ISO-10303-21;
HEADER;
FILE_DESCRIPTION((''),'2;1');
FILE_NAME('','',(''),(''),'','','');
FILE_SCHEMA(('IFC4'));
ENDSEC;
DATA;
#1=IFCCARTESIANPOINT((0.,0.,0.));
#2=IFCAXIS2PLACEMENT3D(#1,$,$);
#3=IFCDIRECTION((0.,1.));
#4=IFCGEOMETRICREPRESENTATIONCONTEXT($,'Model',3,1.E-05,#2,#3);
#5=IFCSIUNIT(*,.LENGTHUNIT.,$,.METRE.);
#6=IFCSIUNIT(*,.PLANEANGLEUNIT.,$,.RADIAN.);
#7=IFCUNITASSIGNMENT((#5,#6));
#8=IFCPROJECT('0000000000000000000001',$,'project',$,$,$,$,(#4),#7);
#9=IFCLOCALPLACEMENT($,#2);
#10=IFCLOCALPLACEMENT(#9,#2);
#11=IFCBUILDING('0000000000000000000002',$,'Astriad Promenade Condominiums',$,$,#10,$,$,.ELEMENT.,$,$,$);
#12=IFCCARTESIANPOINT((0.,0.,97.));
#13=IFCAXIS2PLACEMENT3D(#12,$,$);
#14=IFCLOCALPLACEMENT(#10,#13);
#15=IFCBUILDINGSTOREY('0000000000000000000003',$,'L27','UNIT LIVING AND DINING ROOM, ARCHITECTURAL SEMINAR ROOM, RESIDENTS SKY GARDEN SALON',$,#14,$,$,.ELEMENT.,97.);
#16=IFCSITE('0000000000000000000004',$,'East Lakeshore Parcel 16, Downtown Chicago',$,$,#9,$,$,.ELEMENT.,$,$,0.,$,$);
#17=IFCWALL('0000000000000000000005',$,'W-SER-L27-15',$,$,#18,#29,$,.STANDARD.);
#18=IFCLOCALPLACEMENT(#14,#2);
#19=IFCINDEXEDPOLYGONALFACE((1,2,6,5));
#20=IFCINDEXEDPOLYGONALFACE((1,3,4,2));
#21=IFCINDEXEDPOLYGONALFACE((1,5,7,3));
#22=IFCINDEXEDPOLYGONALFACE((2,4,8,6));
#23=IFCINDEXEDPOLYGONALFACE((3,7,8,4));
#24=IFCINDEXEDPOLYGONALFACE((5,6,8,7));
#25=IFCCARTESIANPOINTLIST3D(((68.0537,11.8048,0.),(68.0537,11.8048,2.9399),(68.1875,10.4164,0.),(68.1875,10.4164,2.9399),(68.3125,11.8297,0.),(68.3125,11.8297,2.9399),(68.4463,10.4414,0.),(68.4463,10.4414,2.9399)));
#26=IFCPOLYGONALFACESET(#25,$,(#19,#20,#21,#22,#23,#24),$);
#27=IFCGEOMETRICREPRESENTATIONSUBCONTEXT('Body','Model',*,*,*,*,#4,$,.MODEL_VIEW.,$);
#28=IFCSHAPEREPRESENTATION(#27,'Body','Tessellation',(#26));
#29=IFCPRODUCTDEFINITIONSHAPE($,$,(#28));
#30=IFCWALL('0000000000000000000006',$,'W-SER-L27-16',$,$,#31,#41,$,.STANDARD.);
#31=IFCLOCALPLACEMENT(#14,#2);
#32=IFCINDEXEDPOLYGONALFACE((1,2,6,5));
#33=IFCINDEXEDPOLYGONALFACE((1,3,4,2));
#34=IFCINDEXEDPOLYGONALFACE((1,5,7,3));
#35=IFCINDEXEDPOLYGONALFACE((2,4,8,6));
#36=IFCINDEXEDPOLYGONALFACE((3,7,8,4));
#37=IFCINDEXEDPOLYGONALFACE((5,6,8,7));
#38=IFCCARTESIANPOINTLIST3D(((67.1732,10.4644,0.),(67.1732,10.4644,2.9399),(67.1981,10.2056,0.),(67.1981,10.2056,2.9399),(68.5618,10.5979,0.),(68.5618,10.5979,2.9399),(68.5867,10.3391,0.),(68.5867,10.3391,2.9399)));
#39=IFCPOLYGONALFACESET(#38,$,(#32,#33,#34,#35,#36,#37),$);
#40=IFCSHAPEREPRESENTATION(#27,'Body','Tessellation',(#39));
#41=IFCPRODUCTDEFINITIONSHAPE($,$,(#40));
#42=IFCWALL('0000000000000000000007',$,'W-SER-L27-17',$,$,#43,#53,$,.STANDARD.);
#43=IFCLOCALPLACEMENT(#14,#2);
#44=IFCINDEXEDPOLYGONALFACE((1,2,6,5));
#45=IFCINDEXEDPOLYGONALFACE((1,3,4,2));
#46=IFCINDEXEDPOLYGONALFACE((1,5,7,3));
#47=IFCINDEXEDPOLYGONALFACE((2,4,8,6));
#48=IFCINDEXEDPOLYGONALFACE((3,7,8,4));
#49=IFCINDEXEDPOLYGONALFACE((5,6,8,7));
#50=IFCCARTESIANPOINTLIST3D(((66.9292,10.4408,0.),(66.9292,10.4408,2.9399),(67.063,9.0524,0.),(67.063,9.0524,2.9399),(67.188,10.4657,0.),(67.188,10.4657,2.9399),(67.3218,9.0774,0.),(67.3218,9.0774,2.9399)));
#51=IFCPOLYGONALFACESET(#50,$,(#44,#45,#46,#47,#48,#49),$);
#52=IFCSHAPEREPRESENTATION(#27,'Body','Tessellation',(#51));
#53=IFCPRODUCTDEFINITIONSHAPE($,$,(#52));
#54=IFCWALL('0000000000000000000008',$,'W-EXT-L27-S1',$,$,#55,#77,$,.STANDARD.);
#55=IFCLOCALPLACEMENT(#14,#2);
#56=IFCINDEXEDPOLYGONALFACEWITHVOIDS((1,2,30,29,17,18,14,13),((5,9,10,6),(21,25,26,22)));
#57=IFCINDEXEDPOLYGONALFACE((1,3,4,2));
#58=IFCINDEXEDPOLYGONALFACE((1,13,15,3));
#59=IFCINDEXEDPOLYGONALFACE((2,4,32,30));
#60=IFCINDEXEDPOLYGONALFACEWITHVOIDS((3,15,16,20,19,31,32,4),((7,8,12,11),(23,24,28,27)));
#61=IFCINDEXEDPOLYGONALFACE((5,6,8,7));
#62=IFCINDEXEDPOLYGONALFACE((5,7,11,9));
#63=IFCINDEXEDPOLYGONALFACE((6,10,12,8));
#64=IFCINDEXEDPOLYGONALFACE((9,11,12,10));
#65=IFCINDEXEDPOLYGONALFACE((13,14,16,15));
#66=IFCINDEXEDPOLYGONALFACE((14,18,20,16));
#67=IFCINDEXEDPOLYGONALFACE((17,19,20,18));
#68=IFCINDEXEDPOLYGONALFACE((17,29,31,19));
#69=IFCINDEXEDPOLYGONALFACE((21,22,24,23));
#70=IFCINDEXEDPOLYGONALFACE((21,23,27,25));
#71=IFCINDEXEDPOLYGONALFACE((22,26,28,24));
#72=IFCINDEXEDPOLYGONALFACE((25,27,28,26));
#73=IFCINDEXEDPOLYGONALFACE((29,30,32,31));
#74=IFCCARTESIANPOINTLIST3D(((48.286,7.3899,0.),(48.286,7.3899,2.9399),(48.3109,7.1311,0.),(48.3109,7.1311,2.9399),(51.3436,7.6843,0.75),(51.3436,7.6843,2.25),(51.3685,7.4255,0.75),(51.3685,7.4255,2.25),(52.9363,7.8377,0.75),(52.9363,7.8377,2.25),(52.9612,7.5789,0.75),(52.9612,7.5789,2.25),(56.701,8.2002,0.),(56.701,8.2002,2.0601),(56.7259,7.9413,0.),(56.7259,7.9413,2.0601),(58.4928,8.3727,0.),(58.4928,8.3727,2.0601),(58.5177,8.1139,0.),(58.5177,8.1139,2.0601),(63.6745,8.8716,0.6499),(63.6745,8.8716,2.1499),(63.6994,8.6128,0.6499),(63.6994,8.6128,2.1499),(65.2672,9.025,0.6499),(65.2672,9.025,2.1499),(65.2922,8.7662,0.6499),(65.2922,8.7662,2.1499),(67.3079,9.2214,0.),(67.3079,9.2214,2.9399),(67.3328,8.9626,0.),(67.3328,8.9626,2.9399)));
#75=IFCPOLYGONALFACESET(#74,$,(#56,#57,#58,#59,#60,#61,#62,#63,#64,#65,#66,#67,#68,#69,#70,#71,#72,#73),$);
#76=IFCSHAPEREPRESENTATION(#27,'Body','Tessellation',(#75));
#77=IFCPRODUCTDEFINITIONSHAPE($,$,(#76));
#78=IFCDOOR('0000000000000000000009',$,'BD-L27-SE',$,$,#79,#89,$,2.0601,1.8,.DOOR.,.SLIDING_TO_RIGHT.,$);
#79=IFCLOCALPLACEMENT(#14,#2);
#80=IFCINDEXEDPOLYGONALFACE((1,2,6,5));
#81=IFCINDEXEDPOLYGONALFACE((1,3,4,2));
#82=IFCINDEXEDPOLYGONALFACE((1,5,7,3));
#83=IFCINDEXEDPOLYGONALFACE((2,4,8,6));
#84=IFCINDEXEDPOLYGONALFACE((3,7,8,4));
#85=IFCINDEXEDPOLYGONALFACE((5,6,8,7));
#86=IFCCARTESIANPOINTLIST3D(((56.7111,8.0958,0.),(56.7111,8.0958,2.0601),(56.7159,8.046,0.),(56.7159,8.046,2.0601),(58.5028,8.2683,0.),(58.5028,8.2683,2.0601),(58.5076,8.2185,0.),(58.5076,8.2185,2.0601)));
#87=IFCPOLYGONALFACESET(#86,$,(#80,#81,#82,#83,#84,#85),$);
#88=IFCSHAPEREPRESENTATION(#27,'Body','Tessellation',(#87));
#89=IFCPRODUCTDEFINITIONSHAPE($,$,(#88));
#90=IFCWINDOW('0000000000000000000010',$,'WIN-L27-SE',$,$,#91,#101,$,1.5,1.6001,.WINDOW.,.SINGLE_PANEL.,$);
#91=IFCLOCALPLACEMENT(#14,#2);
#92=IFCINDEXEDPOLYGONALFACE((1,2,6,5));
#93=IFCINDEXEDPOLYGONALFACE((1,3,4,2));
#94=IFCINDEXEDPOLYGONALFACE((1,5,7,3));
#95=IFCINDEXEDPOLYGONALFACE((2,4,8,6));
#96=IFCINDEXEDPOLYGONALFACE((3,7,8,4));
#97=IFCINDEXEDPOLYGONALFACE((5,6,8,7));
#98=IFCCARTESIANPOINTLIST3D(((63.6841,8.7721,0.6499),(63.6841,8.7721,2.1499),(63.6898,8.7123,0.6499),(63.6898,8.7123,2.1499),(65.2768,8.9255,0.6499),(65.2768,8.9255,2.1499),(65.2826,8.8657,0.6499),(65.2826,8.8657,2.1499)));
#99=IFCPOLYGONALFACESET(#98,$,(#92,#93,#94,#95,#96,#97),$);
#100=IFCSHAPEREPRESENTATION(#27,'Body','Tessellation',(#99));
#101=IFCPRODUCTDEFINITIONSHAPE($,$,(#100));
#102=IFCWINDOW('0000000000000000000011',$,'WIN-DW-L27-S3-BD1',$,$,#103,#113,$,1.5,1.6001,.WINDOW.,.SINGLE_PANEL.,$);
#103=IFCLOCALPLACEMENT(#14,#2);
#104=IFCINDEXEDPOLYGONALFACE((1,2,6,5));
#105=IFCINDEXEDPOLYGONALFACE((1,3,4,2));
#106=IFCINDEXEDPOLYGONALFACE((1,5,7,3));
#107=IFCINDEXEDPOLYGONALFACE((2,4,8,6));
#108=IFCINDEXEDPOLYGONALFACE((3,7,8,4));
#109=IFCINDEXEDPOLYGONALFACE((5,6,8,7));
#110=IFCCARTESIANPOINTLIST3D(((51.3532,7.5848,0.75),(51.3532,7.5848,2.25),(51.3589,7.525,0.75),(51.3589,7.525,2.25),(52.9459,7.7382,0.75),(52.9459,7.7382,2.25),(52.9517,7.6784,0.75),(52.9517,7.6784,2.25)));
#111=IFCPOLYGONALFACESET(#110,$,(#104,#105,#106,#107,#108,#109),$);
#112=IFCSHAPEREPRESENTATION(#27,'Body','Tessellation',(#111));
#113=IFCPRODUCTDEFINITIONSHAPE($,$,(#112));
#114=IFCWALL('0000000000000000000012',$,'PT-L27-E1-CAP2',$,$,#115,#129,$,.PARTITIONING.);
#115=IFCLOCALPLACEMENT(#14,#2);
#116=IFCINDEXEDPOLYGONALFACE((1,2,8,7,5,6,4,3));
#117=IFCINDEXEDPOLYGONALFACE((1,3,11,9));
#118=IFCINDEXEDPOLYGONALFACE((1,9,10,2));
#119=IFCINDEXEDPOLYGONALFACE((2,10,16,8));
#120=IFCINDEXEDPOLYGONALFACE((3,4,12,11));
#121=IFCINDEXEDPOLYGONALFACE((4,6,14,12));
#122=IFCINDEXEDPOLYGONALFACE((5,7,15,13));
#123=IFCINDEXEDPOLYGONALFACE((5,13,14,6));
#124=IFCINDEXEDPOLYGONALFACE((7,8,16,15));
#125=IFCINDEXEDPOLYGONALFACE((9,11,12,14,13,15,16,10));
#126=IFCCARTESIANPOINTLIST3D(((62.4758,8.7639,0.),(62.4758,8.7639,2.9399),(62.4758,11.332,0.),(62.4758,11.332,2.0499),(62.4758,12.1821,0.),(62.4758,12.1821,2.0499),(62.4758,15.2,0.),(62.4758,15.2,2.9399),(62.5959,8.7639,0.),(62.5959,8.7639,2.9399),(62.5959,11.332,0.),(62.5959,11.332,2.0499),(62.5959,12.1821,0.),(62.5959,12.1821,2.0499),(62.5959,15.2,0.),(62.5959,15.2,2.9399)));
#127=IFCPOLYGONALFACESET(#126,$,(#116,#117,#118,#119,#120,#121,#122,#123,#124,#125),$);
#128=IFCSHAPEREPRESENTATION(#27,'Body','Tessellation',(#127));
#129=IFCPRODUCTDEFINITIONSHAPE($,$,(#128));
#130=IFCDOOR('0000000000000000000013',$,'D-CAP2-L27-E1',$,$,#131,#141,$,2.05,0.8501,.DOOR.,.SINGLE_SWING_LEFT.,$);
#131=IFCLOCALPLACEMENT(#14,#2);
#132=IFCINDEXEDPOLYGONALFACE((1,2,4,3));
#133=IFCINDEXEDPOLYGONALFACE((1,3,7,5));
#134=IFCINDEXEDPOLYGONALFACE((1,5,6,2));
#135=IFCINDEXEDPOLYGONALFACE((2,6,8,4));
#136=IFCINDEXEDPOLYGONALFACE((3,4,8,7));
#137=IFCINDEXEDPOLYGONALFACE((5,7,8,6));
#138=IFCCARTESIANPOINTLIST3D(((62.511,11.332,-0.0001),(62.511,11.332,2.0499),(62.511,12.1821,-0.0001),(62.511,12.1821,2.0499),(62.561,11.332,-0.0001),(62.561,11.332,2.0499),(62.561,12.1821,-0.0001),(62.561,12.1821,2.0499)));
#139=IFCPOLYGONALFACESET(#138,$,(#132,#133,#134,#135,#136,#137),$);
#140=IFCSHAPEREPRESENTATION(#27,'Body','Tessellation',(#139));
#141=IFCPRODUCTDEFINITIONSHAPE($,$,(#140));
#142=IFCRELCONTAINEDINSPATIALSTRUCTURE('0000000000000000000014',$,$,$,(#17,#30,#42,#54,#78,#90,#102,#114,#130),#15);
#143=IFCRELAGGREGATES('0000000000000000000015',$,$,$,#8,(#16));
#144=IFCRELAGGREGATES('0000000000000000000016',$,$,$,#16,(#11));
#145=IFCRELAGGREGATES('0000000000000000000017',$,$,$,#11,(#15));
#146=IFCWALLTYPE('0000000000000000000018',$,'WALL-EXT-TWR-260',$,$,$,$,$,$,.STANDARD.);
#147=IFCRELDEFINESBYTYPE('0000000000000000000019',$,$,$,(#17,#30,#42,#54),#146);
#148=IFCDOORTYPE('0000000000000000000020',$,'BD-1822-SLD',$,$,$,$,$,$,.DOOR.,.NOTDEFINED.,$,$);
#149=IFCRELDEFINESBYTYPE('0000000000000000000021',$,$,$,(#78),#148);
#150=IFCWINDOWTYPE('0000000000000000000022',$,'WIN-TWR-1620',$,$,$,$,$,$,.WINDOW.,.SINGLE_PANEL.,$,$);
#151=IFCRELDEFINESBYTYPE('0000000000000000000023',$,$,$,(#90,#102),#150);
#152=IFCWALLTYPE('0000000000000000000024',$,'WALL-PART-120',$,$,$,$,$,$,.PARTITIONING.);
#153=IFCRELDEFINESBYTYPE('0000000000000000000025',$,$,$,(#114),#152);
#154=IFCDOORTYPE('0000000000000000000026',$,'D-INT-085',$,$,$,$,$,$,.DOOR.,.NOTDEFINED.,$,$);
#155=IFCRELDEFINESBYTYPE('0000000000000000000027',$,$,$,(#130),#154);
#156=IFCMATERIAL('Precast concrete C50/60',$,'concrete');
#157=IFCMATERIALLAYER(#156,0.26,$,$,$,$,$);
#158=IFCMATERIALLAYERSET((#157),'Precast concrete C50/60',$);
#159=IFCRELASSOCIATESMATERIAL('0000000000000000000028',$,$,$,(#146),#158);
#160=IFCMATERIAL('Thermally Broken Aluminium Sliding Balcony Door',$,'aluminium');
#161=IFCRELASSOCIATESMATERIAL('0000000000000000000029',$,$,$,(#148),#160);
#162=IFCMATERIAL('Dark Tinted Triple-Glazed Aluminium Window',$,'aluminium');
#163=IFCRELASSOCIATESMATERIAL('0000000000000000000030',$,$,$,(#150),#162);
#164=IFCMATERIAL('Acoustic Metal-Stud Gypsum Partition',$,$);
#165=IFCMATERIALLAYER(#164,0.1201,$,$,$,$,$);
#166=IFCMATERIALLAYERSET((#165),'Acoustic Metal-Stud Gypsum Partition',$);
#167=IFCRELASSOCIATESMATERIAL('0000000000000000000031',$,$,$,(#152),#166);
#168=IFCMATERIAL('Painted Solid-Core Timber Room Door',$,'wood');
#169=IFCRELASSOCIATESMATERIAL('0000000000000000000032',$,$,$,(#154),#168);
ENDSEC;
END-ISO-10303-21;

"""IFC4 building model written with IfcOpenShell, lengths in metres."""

from ifc_helpers import new_model, si_unit, direction, frame, frame_2d, origin, place, context, subcontext, project, spatial, rectangle, extrude, source, transform, mapped, material, layer, layer_set, type_object, type_shapes, element, fill, save


model = new_model("IFC4")

# Units and contexts
model_context = context("Model", 3, precision=1e-05, world=origin(), true_north=direction((0.0, 1.0)))
body_context = subcontext(model_context, "Body", "Model", "MODEL_VIEW")
ifc_project = project(units=[si_unit("LENGTHUNIT", "METRE"), si_unit("PLANEANGLEUNIT", "RADIAN")], contexts=[model_context])

# Site, building, storey
site_placement = place(None, origin())
site = spatial("IfcSite", under=ifc_project, at=site_placement, Name="East Lakeshore Parcel 16, Downtown Chicago", CompositionType="ELEMENT", RefElevation=0.0)
building_placement = place(site_placement, origin())
building = spatial("IfcBuilding", under=site, at=building_placement, Name="Astriad Promenade Condominiums", CompositionType="ELEMENT")
storey_placement = place(building_placement, frame((0.0, 0.0, 97.0)))
storey = spatial("IfcBuildingStorey", under=building, at=storey_placement, Name="L27", Description="UNIT LIVING AND DINING ROOM, ARCHITECTURAL SEMINAR ROOM, RESIDENTS SKY GARDEN SALON", CompositionType="ELEMENT", Elevation=97.0)

# Walls
ifc_material_1 = material(Name="Precast concrete C50/60", Category="concrete")
ifc_layer_1 = layer(ifc_material_1, 0.26)
ifc_layer_set_1 = layer_set([ifc_layer_1], Name="Precast concrete C50/60")
wall_type_1 = type_object("IfcWallType", Name="WALL-EXT-TWR-260", PredefinedType="STANDARD", material=ifc_layer_set_1)
for number, where, z_axis, x_axis, name in (
    (1, (68.1831, 11.8171, 0.0), (0.0, 0.0, 1.0), (0.095916, -0.995389, 0.0), "W-SER-L27-15"),
):
    element("IfcWall", number, at=place(storey_placement, frame(where, z_axis=z_axis, x_axis=x_axis)), inside=storey, type_object=wall_type_1, Name=name, PredefinedType="STANDARD", context=body_context, shape_type="SweptSolid", body=[
        extrude(rectangle(XDim=1.3948, YDim=0.26, at=frame_2d((0.6973, 0.0))), origin(), (0.0, 0.0, 1.0), 2.9399),
    ])
wall_1_placement = place(storey_placement, frame((68.5742, 10.4685, 0.0), z_axis=(0.0, 0.0, 1.0), x_axis=(-0.995408, -0.095726, 0.0)))
element("IfcWall", 2, at=wall_1_placement, inside=storey, type_object=wall_type_1, Name="W-SER-L27-16", PredefinedType="STANDARD", context=body_context, shape_type="SweptSolid", body=[
    extrude(rectangle(XDim=1.395, YDim=0.26, at=frame_2d((0.6975, 0.0))), origin(), (0.0, 0.0, 1.0), 2.9399),
])
wall_2_placement = place(storey_placement, frame((67.0586, 10.4531, 0.0), z_axis=(0.0, 0.0, 1.0), x_axis=(0.095916, -0.995389, 0.0)))
element("IfcWall", 3, at=wall_2_placement, inside=storey, type_object=wall_type_1, Name="W-SER-L27-17", PredefinedType="STANDARD", context=body_context, shape_type="SweptSolid", body=[
    extrude(rectangle(XDim=1.3948, YDim=0.26, at=frame_2d((0.6973, 0.0))), origin(), (0.0, 0.0, 1.0), 2.9399),
])

# Wall, openings, door, windows
wall_3_placement = place(storey_placement, frame((67.3203, 9.092, 0.0), z_axis=(0.0, 0.0, 1.0), x_axis=(-0.995397, -0.095842, 0.0)))
wall_3 = element("IfcWall", 4, at=wall_3_placement, inside=storey, type_object=wall_type_1, Name="W-EXT-L27-S1", PredefinedType="STANDARD", context=body_context, shape_type="SweptSolid", body=[
    extrude(rectangle(XDim=19.1099, YDim=0.26, at=frame_2d((9.5549, 0.0))), origin(), (0.0, 0.0, 1.0), 2.9399),
])
opening_1_placement = place(wall_3_placement, frame((8.856, 0.0, 0.0)))
opening_1 = element("IfcOpeningElement", 5, at=opening_1_placement, cuts=wall_3, PredefinedType="OPENING", context=body_context, shape_type="SweptSolid", body=[
    extrude(rectangle(XDim=1.8, YDim=2.0601, at=frame_2d((0.8999, 1.03))), frame((0.0, 0.1399, 0.0), z_axis=(0.0, -1.0, 0.0), x_axis=(1.0, 0.0, 0.0)), (0.0, 0.0, 1.0), 0.28),
])
opening_2_placement = place(wall_3_placement, frame((2.05, 0.0, 0.6499)))
opening_2 = element("IfcOpeningElement", 6, at=opening_2_placement, cuts=wall_3, PredefinedType="OPENING", context=body_context, shape_type="SweptSolid", body=[
    extrude(rectangle(XDim=1.6001, YDim=1.5, at=frame_2d((0.8, 0.75))), frame((0.0, 0.1399, 0.0), z_axis=(0.0, -1.0, 0.0), x_axis=(1.0, 0.0, 0.0)), (0.0, 0.0, 1.0), 0.28),
])
opening_3_placement = place(wall_3_placement, frame((14.438, 0.0, 0.75)))
opening_3 = element("IfcOpeningElement", 7, at=opening_3_placement, cuts=wall_3, PredefinedType="OPENING", context=body_context, shape_type="SweptSolid", body=[
    extrude(rectangle(XDim=1.6001, YDim=1.5, at=frame_2d((0.8, 0.75))), frame((0.0, 0.1399, 0.0), z_axis=(0.0, -1.0, 0.0), x_axis=(1.0, 0.0, 0.0)), (0.0, 0.0, 1.0), 0.28),
])
ifc_material_2 = material(Name="Thermally Broken Aluminium Sliding Balcony Door", Category="aluminium")
door_type_1 = type_object("IfcDoorType", Name="BD-1822-SLD", OperationType="NOTDEFINED", PredefinedType="DOOR", material=ifc_material_2)
shared_shape_1 = source(origin(), body_context, "Body", "SweptSolid", [
    extrude(rectangle(XDim=1.8, YDim=2.0601, at=frame_2d((0.8999, 1.03))), frame((0.0, 0.0249, 0.0), z_axis=(0.0, -1.0, 0.0), x_axis=(1.0, 0.0, 0.0)), (0.0, 0.0, 1.0), 0.05),
])
type_shapes(door_type_1, [shared_shape_1])
door_1_placement = place(opening_1_placement, origin())
door_1 = element("IfcDoor", 8, at=door_1_placement, inside=storey, type_object=door_type_1, Name="BD-L27-SE", OperationType="SLIDING_TO_RIGHT", OverallHeight=2.0601, OverallWidth=1.8, PredefinedType="DOOR", context=body_context, shape_type="MappedRepresentation", body=[
    mapped(shared_shape_1, transform((0.0, 0.0, 0.0), scale=1.0)),
])
fill(opening_1, door_1)
ifc_material_3 = material(Name="Dark Tinted Triple-Glazed Aluminium Window", Category="aluminium")
window_type = type_object("IfcWindowType", Name="WIN-TWR-1620", PartitioningType="SINGLE_PANEL", PredefinedType="WINDOW", material=ifc_material_3)
shared_shape_2 = source(origin(), body_context, "Body", "SweptSolid", [
    extrude(rectangle(XDim=1.6001, YDim=1.5, at=frame_2d((0.8, 0.75))), frame((0.0, 0.03, 0.0), z_axis=(0.0, -1.0, 0.0), x_axis=(1.0, 0.0, 0.0)), (0.0, 0.0, 1.0), 0.0601),
])
type_shapes(window_type, [shared_shape_2])
window_1_placement = place(opening_2_placement, origin())
window_1 = element("IfcWindow", 9, at=window_1_placement, inside=storey, type_object=window_type, Name="WIN-L27-SE", OverallHeight=1.5, OverallWidth=1.6001, PartitioningType="SINGLE_PANEL", PredefinedType="WINDOW", context=body_context, shape_type="MappedRepresentation", body=[
    mapped(shared_shape_2, transform((0.0, 0.0, 0.0), scale=1.0)),
])
fill(opening_2, window_1)
window_2_placement = place(opening_3_placement, origin())
window_2 = element("IfcWindow", 10, at=window_2_placement, inside=storey, type_object=window_type, Name="WIN-DW-L27-S3-BD1", OverallHeight=1.5, OverallWidth=1.6001, PartitioningType="SINGLE_PANEL", PredefinedType="WINDOW", context=body_context, shape_type="MappedRepresentation", body=[
    mapped(shared_shape_2, transform((0.0, 0.0, 0.0), scale=1.0)),
])
fill(opening_3, window_2)

# Wall, opening, door
ifc_material_4 = material(Name="Acoustic Metal-Stud Gypsum Partition")
ifc_layer_2 = layer(ifc_material_4, 0.1201)
ifc_layer_set_2 = layer_set([ifc_layer_2], Name="Acoustic Metal-Stud Gypsum Partition")
wall_type_2 = type_object("IfcWallType", Name="WALL-PART-120", PredefinedType="PARTITIONING", material=ifc_layer_set_2)
wall_4_placement = place(storey_placement, frame((62.5359, 8.7639, 0.0), z_axis=(0.0, 0.0, 1.0), x_axis=(0.0, 1.0, 0.0)))
wall_4 = element("IfcWall", 11, at=wall_4_placement, inside=storey, type_object=wall_type_2, Name="PT-L27-E1-CAP2", PredefinedType="PARTITIONING", context=body_context, shape_type="SweptSolid", body=[
    extrude(rectangle(XDim=6.436, YDim=0.1201, at=frame_2d((3.218, 0.0))), origin(), (0.0, 0.0, 1.0), 2.9399),
])
opening_4_placement = place(wall_4_placement, frame((2.5681, 0.0, 0.0)))
opening_4 = element("IfcOpeningElement", 12, at=opening_4_placement, cuts=wall_4, PredefinedType="OPENING", context=body_context, shape_type="SweptSolid", body=[
    extrude(rectangle(XDim=0.8501, YDim=2.05, at=frame_2d((0.425, 1.0249))), frame((0.0, 0.0701, 0.0), z_axis=(0.0, -1.0, 0.0), x_axis=(1.0, 0.0, 0.0)), (0.0, 0.0, 1.0), 0.1401),
])
ifc_material_5 = material(Name="Painted Solid-Core Timber Room Door", Category="wood")
door_type_2 = type_object("IfcDoorType", Name="D-INT-085", OperationType="NOTDEFINED", PredefinedType="DOOR", material=ifc_material_5)
shared_shape_3 = source(origin(), body_context, "Body", "SweptSolid", [
    extrude(rectangle(XDim=0.8501, YDim=2.05, at=frame_2d((0.425, 1.0249))), frame((0.0, 0.0249, 0.0), z_axis=(0.0, -1.0, 0.0), x_axis=(1.0, 0.0, 0.0)), (0.0, 0.0, 1.0), 0.05),
])
type_shapes(door_type_2, [shared_shape_3])
door_2_placement = place(opening_4_placement, origin())
door_2 = element("IfcDoor", 13, at=door_2_placement, inside=storey, type_object=door_type_2, Name="D-CAP2-L27-E1", OperationType="SINGLE_SWING_LEFT", OverallHeight=2.05, OverallWidth=0.8501, PredefinedType="DOOR", context=body_context, shape_type="MappedRepresentation", body=[
    mapped(shared_shape_3, transform((0.0, 0.0, 0.0), scale=1.0)),
])
fill(opening_4, door_2)

save(model, "model.ifc")
